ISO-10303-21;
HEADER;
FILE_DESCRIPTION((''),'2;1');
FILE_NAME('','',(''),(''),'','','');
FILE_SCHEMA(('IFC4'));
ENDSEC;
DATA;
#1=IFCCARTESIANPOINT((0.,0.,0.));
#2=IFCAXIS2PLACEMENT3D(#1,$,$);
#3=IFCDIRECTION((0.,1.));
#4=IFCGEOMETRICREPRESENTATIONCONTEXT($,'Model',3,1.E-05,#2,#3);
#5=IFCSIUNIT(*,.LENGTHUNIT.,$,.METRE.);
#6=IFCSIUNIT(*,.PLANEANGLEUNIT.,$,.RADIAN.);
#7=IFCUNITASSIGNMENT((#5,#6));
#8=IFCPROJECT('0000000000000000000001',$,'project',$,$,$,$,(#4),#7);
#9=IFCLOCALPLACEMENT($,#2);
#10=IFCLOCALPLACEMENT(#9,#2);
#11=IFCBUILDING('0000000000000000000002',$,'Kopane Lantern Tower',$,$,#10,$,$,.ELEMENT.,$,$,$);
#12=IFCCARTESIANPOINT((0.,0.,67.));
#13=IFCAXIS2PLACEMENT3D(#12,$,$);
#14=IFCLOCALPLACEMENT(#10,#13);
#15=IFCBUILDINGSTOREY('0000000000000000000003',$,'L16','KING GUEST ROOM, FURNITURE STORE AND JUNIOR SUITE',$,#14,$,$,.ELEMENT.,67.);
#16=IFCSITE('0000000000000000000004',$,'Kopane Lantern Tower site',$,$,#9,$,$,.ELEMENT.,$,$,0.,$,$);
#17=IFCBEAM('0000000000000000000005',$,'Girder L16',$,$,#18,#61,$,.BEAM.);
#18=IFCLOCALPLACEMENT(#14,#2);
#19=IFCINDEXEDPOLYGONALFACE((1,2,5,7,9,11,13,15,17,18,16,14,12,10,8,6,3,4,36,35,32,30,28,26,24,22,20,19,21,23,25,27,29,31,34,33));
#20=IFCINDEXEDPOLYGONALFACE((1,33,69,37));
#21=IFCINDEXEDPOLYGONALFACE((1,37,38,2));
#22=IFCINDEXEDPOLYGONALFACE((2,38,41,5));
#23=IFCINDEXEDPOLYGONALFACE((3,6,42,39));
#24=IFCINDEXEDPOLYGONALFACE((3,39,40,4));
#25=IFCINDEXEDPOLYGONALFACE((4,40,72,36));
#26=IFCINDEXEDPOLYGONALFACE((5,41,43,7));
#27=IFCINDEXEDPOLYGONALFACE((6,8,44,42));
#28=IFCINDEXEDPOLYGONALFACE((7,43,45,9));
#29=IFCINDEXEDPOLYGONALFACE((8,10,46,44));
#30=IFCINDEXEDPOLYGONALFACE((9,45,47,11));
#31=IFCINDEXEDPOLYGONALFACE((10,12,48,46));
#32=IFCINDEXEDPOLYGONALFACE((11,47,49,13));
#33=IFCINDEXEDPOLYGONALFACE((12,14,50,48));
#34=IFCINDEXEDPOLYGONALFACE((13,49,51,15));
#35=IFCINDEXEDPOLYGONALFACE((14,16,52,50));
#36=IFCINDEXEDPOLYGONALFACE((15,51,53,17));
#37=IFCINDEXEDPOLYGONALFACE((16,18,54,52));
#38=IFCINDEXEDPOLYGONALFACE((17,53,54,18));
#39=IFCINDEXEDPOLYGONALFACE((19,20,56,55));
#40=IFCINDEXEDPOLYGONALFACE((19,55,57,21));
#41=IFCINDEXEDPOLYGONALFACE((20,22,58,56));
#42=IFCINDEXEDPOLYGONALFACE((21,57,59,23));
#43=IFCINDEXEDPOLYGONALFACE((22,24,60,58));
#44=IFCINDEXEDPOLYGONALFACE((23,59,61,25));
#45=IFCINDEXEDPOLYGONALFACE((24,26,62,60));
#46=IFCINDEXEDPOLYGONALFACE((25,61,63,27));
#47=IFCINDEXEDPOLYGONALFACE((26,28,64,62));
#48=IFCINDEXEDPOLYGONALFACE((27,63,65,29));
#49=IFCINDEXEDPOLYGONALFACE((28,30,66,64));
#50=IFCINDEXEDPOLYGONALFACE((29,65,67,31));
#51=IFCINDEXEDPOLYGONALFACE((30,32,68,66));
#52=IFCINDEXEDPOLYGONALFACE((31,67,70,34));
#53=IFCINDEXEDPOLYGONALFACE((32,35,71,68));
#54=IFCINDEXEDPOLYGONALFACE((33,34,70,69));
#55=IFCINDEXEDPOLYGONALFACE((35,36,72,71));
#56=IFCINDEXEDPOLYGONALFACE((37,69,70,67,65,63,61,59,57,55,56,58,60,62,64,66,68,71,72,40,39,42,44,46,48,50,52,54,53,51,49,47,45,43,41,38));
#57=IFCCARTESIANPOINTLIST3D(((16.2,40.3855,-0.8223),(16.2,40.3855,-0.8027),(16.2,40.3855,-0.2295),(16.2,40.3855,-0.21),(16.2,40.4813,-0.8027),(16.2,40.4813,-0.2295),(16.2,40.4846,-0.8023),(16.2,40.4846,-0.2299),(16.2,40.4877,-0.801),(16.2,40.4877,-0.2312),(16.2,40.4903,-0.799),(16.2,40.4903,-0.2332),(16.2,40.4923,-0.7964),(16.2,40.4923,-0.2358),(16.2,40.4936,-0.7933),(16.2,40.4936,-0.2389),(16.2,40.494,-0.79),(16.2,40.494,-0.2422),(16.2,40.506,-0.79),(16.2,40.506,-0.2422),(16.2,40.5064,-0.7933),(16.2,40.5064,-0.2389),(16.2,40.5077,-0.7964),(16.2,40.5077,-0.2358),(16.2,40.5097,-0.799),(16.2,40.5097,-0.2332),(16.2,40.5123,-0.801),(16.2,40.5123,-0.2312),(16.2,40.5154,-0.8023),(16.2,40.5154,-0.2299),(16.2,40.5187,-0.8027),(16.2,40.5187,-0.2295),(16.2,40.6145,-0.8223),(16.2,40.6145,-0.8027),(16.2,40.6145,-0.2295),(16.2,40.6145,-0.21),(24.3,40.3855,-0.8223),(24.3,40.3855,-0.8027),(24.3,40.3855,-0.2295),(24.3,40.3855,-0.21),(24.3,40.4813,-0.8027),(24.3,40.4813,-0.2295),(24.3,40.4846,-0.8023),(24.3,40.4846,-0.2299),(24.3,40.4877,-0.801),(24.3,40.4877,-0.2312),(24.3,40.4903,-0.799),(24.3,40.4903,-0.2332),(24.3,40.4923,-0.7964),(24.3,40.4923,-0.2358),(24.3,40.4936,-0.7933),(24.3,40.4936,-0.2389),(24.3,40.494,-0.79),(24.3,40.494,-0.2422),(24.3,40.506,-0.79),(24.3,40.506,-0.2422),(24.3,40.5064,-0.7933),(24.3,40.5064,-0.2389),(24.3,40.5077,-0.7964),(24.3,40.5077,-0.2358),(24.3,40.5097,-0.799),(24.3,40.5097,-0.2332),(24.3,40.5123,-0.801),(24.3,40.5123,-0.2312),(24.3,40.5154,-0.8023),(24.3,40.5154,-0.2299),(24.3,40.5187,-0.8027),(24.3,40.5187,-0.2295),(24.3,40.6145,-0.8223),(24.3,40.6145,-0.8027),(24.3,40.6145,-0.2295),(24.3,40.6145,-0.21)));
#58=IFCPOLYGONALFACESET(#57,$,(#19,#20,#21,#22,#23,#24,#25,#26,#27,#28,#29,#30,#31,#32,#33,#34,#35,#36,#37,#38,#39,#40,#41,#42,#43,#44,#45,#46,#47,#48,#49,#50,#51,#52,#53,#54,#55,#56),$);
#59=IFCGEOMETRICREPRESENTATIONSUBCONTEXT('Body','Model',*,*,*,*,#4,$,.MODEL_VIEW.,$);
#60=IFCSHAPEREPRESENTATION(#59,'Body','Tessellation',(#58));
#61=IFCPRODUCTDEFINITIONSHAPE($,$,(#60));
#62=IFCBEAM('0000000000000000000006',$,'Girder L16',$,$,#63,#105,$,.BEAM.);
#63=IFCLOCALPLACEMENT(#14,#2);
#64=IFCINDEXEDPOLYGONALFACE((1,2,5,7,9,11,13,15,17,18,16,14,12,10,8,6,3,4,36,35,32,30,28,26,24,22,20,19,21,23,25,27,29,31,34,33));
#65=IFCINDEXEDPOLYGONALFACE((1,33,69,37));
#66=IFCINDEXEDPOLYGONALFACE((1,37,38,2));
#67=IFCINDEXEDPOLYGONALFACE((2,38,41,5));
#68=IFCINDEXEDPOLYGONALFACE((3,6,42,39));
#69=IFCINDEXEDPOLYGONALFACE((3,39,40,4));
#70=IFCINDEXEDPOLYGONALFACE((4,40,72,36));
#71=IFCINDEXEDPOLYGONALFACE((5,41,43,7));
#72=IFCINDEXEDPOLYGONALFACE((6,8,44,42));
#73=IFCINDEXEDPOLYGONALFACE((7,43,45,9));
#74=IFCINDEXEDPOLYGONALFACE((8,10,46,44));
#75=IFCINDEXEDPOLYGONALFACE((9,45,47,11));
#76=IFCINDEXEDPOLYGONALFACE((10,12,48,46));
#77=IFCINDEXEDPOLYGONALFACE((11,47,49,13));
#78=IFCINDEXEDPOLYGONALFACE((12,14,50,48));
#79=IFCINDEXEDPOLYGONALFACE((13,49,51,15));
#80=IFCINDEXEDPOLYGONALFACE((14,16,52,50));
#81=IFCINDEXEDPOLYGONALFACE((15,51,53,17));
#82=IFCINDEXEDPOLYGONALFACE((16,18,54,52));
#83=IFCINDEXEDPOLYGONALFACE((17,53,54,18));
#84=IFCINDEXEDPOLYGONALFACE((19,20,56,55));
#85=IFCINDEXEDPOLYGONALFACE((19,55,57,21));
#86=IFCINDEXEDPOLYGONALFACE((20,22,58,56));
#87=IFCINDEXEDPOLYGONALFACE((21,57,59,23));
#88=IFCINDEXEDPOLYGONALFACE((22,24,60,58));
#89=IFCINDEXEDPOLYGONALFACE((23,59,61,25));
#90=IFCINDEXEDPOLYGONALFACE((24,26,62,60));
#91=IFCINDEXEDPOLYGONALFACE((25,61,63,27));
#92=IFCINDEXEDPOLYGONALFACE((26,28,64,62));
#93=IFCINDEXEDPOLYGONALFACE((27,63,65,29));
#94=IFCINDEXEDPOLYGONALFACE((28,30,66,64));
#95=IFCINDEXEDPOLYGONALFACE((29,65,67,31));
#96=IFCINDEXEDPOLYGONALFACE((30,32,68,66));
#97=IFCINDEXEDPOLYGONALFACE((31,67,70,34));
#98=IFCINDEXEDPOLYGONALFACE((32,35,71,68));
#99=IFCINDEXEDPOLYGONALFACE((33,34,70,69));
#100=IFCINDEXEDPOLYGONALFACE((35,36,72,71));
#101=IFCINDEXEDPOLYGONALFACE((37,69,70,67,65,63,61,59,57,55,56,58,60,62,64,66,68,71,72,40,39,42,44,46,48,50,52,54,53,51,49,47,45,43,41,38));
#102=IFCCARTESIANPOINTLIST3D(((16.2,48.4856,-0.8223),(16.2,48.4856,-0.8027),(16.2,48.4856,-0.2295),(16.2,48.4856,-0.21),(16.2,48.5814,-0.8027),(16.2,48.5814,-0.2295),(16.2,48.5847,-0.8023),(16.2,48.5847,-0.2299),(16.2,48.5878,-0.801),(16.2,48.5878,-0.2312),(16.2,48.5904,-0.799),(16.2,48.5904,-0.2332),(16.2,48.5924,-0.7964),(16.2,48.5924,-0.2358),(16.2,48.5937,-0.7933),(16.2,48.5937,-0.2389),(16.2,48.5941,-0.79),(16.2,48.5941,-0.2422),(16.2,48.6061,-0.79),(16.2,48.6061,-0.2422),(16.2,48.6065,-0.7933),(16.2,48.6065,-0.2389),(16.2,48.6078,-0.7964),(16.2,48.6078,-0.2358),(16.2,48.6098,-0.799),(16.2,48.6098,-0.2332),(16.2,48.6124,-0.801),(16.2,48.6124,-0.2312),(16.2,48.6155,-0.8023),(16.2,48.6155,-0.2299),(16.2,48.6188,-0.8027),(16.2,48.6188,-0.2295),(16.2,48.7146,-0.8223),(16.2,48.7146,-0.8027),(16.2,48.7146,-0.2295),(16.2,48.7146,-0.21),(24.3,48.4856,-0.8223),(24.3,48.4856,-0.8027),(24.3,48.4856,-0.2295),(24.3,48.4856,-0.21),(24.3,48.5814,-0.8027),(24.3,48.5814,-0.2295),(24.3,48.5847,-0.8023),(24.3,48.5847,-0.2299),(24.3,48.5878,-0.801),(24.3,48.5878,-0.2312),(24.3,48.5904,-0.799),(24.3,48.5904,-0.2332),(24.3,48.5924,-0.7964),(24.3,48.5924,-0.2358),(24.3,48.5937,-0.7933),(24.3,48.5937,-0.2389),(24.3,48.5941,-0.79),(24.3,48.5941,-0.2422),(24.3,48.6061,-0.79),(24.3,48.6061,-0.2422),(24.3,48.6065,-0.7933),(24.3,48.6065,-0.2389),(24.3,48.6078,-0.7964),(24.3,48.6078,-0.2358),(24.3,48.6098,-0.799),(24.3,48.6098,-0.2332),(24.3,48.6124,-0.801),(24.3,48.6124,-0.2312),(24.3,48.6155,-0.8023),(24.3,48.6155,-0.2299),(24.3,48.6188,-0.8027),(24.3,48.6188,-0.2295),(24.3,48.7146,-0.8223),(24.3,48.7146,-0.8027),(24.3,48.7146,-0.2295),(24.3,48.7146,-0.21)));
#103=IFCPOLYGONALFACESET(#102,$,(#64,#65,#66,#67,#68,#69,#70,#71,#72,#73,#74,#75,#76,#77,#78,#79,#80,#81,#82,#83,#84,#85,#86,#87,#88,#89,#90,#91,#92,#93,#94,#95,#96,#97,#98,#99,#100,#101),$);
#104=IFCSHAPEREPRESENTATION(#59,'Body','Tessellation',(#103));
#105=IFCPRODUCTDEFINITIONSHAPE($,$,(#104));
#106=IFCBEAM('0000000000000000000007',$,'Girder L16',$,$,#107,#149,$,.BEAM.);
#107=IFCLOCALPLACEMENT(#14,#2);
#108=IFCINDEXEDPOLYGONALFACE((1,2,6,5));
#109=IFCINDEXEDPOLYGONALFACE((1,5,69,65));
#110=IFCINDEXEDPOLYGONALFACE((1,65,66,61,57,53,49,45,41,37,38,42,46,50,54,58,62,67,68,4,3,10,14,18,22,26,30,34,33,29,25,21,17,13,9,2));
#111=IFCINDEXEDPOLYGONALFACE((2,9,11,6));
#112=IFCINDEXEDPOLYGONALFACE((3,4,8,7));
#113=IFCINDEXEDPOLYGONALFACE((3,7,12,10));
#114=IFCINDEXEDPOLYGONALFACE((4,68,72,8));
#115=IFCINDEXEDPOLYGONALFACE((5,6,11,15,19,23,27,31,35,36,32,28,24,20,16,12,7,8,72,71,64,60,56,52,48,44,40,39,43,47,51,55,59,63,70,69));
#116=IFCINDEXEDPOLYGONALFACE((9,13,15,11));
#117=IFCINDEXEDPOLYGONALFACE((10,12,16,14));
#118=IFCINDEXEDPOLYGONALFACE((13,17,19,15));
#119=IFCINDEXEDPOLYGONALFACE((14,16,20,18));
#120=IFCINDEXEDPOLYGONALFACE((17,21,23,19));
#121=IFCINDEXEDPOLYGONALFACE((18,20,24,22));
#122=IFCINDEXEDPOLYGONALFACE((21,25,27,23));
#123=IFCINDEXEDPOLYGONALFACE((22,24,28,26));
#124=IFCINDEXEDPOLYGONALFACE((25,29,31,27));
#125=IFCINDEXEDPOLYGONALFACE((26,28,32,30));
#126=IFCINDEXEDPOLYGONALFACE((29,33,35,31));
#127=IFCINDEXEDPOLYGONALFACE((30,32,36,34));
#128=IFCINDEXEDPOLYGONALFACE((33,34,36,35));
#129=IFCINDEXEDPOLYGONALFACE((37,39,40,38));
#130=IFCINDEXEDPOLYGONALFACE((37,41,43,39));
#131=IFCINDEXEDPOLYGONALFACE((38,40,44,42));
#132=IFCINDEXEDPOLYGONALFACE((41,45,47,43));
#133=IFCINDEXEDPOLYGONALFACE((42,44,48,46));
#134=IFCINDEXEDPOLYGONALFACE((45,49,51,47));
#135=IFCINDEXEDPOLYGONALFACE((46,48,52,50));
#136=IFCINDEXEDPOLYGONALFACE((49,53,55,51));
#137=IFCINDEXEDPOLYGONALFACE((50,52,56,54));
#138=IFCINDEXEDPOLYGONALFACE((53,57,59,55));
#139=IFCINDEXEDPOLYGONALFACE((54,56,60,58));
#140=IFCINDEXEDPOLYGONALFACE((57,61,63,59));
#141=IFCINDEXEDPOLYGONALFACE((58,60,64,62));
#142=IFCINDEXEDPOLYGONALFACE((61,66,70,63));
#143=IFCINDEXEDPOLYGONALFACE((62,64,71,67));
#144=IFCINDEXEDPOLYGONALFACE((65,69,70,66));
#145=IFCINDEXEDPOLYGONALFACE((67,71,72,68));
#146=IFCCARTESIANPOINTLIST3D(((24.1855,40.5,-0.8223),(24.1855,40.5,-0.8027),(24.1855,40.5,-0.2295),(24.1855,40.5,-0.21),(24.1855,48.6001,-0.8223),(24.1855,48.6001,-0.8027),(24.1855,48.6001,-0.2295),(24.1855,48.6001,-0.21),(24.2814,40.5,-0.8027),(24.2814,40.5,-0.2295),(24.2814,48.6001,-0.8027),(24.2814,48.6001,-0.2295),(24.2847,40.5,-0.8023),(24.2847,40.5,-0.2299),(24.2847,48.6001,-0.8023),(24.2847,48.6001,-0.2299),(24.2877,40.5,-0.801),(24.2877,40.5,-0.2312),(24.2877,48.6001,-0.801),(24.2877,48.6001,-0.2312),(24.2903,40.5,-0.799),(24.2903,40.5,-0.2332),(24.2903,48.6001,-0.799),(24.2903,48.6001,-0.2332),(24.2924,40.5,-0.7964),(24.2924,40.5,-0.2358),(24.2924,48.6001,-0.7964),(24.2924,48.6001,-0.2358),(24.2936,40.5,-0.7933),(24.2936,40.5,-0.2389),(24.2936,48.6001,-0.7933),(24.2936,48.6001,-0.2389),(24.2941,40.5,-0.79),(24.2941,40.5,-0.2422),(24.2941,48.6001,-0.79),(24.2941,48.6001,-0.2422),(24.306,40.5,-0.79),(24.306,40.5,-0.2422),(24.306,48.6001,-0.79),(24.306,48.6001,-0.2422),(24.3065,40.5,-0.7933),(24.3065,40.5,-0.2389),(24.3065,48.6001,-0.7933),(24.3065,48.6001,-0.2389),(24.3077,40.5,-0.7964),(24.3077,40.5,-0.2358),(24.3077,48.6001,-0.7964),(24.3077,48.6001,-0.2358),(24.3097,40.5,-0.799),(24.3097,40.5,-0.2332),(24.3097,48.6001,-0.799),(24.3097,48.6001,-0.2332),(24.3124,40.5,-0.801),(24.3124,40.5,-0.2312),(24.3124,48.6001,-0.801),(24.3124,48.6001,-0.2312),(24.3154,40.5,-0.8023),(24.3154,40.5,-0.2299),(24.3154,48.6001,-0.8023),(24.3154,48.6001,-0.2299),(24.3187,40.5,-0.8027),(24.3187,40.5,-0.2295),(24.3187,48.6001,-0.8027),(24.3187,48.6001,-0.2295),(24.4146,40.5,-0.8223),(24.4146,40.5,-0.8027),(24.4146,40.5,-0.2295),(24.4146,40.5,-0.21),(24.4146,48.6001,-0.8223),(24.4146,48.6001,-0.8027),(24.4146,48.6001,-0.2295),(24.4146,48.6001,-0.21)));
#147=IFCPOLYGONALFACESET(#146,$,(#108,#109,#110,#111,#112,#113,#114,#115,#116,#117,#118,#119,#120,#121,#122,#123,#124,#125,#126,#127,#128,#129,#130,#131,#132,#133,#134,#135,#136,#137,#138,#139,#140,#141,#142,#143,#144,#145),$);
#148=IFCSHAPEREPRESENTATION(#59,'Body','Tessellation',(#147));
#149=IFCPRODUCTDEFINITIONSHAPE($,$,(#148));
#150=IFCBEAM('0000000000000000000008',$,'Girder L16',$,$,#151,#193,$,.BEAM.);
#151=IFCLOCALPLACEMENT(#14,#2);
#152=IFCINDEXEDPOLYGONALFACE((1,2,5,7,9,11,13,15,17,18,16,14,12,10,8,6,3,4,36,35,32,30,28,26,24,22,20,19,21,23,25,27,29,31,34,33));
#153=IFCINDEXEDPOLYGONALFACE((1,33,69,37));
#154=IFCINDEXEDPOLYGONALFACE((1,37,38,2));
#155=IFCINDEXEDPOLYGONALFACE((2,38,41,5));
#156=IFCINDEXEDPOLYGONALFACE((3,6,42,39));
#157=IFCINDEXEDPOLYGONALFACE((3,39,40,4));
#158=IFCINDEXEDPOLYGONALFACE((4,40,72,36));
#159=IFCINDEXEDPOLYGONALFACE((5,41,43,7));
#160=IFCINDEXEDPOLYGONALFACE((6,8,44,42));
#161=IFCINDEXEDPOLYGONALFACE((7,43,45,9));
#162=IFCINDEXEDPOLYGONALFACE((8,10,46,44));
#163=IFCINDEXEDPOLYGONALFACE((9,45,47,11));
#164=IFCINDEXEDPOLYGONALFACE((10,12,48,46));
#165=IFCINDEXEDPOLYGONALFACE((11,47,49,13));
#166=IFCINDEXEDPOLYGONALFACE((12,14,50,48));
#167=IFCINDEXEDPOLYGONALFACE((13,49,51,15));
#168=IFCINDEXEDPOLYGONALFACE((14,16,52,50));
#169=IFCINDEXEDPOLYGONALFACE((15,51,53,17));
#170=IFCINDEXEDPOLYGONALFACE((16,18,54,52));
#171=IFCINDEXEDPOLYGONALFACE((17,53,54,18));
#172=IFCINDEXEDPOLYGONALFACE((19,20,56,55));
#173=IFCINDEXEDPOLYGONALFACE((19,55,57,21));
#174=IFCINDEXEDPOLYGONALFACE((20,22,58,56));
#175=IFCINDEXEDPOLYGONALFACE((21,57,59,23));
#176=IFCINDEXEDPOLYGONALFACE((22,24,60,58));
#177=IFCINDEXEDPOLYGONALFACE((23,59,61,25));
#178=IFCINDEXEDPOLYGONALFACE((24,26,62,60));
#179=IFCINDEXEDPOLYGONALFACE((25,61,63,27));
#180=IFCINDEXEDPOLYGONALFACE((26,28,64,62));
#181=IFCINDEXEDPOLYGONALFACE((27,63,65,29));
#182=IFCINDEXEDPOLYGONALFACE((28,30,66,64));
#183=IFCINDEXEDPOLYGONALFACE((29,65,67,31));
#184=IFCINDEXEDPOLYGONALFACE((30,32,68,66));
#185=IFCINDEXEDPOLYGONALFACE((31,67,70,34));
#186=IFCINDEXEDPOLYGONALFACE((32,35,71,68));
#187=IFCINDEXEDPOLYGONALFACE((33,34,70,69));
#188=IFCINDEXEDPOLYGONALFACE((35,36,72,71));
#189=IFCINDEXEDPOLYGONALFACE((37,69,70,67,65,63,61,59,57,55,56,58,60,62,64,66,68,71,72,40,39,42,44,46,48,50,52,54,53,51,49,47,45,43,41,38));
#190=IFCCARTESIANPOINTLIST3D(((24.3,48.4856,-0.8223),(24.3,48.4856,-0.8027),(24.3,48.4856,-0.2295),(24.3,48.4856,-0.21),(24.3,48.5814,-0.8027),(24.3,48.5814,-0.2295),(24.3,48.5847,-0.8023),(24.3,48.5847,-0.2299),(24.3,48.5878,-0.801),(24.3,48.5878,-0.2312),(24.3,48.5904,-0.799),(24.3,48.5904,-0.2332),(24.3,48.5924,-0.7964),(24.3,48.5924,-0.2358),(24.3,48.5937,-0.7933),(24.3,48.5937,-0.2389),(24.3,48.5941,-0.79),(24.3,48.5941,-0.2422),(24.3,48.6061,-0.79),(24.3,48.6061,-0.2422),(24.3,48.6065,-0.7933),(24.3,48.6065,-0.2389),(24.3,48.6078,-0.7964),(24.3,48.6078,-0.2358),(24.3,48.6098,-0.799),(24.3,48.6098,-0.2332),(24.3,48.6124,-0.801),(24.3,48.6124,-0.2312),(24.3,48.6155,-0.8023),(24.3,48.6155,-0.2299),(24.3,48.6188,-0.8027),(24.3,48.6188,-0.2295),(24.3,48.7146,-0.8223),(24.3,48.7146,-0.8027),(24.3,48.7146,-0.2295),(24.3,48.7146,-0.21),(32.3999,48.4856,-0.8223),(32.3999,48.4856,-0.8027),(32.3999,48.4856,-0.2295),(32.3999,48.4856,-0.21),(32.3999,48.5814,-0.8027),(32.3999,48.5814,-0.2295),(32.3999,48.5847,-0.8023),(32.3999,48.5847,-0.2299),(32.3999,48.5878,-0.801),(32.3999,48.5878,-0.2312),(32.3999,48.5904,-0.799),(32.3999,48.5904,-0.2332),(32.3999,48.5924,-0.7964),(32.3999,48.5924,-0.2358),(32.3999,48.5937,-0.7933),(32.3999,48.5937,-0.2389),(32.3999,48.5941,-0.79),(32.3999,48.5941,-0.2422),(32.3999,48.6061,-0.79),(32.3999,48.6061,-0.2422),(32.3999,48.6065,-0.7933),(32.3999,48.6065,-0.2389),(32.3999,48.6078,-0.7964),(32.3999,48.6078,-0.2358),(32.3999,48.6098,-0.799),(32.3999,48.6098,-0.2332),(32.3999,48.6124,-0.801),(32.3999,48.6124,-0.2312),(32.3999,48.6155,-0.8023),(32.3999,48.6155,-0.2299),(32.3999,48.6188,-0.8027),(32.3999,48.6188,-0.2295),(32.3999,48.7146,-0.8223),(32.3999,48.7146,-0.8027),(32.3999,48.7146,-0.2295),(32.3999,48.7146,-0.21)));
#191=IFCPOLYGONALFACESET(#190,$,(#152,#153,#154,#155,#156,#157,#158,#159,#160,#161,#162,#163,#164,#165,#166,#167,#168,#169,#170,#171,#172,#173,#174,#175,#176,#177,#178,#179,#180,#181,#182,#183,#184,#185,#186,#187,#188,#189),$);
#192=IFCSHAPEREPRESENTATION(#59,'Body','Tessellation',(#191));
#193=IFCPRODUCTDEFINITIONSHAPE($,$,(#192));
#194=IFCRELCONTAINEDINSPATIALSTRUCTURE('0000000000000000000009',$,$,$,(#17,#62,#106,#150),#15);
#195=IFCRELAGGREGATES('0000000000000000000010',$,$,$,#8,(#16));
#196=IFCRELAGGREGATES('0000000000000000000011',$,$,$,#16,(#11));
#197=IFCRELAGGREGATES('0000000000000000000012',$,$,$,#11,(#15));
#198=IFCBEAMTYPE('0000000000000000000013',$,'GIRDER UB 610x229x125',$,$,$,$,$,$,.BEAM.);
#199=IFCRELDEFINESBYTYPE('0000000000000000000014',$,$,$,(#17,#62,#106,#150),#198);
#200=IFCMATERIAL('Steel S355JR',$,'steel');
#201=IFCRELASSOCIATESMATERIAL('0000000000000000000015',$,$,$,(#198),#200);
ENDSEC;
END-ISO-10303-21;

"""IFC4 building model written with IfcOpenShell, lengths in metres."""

from ifc_helpers import new_model, si_unit, direction, frame, origin, origin_2d, place, context, subcontext, project, spatial, i_section, extrude, material, material_profile, profile_set, type_object, element, save


model = new_model("IFC4")

# Units and contexts
model_context = context("Model", 3, precision=1e-05, world=origin(), true_north=direction((0.0, 1.0)))
body_context = subcontext(model_context, "Body", "Model", "MODEL_VIEW")
ifc_project = project(units=[si_unit("LENGTHUNIT", "METRE"), si_unit("PLANEANGLEUNIT", "RADIAN")], contexts=[model_context])

# Site, building, storey
site_placement = place(None, origin())
site = spatial("IfcSite", under=ifc_project, at=site_placement, Name="Kopane Lantern Tower site", CompositionType="ELEMENT", RefElevation=0.0)
building_placement = place(site_placement, origin())
building = spatial("IfcBuilding", under=site, at=building_placement, Name="Kopane Lantern Tower", CompositionType="ELEMENT")
storey_placement = place(building_placement, frame((0.0, 0.0, 67.0)))
storey = spatial("IfcBuildingStorey", under=building, at=storey_placement, Name="L16", Description="KING GUEST ROOM, FURNITURE STORE AND JUNIOR SUITE", CompositionType="ELEMENT", Elevation=67.0)

# Beams
ifc_material_1 = material(Name="Steel S355JR", Category="steel")
ifc_material_profile_1 = material_profile(ifc_material_1, i_section(OverallWidth=0.229, OverallDepth=0.6123, WebThickness=0.012, FlangeThickness=0.0195, FilletRadius=0.0127, at=origin_2d()), Name="UB 610x229x125")
ifc_profile_set_1 = profile_set([ifc_material_profile_1], Name="Steel S355JR")
beam_type_1 = type_object("IfcBeamType", Name="GIRDER UB 610x229x125", PredefinedType="BEAM", material=ifc_profile_set_1)
for number, where, z_axis, x_axis, name in (
    (1, (16.2, 40.5, -0.5161), (1.0, 0.0, 0.0), (0.0, 1.0, 0.0), "Girder L16"),
    (2, (16.2, 48.6001, -0.5161), (1.0, 0.0, 0.0), (0.0, 1.0, 0.0), "Girder L16"),
    (3, (24.3, 40.5, -0.5161), (0.0, 1.0, 0.0), (-1.0, 0.0, 0.0), "Girder L16"),
):
    element("IfcBeam", number, at=place(storey_placement, frame(where, z_axis=z_axis, x_axis=x_axis)), inside=storey, type_object=beam_type_1, Name=name, PredefinedType="BEAM", context=body_context, shape_type="SweptSolid", body=[
        extrude(i_section(OverallWidth=0.229, OverallDepth=0.6123, WebThickness=0.012, FlangeThickness=0.0195, FilletRadius=0.0127, at=origin_2d()), origin(), (0.0, 0.0, 1.0), 8.1001),
    ])
beam_1_placement = place(storey_placement, frame((24.3, 48.6001, -0.5161), z_axis=(1.0, 0.0, 0.0), x_axis=(0.0, 1.0, 0.0)))
element("IfcBeam", 4, at=beam_1_placement, inside=storey, type_object=beam_type_1, Name="Girder L16", PredefinedType="BEAM", context=body_context, shape_type="SweptSolid", body=[
    extrude(i_section(OverallWidth=0.229, OverallDepth=0.6123, WebThickness=0.012, FlangeThickness=0.0195, FilletRadius=0.0127, at=origin_2d()), origin(), (0.0, 0.0, 1.0), 8.0999),
])

save(model, "model.ifc")
